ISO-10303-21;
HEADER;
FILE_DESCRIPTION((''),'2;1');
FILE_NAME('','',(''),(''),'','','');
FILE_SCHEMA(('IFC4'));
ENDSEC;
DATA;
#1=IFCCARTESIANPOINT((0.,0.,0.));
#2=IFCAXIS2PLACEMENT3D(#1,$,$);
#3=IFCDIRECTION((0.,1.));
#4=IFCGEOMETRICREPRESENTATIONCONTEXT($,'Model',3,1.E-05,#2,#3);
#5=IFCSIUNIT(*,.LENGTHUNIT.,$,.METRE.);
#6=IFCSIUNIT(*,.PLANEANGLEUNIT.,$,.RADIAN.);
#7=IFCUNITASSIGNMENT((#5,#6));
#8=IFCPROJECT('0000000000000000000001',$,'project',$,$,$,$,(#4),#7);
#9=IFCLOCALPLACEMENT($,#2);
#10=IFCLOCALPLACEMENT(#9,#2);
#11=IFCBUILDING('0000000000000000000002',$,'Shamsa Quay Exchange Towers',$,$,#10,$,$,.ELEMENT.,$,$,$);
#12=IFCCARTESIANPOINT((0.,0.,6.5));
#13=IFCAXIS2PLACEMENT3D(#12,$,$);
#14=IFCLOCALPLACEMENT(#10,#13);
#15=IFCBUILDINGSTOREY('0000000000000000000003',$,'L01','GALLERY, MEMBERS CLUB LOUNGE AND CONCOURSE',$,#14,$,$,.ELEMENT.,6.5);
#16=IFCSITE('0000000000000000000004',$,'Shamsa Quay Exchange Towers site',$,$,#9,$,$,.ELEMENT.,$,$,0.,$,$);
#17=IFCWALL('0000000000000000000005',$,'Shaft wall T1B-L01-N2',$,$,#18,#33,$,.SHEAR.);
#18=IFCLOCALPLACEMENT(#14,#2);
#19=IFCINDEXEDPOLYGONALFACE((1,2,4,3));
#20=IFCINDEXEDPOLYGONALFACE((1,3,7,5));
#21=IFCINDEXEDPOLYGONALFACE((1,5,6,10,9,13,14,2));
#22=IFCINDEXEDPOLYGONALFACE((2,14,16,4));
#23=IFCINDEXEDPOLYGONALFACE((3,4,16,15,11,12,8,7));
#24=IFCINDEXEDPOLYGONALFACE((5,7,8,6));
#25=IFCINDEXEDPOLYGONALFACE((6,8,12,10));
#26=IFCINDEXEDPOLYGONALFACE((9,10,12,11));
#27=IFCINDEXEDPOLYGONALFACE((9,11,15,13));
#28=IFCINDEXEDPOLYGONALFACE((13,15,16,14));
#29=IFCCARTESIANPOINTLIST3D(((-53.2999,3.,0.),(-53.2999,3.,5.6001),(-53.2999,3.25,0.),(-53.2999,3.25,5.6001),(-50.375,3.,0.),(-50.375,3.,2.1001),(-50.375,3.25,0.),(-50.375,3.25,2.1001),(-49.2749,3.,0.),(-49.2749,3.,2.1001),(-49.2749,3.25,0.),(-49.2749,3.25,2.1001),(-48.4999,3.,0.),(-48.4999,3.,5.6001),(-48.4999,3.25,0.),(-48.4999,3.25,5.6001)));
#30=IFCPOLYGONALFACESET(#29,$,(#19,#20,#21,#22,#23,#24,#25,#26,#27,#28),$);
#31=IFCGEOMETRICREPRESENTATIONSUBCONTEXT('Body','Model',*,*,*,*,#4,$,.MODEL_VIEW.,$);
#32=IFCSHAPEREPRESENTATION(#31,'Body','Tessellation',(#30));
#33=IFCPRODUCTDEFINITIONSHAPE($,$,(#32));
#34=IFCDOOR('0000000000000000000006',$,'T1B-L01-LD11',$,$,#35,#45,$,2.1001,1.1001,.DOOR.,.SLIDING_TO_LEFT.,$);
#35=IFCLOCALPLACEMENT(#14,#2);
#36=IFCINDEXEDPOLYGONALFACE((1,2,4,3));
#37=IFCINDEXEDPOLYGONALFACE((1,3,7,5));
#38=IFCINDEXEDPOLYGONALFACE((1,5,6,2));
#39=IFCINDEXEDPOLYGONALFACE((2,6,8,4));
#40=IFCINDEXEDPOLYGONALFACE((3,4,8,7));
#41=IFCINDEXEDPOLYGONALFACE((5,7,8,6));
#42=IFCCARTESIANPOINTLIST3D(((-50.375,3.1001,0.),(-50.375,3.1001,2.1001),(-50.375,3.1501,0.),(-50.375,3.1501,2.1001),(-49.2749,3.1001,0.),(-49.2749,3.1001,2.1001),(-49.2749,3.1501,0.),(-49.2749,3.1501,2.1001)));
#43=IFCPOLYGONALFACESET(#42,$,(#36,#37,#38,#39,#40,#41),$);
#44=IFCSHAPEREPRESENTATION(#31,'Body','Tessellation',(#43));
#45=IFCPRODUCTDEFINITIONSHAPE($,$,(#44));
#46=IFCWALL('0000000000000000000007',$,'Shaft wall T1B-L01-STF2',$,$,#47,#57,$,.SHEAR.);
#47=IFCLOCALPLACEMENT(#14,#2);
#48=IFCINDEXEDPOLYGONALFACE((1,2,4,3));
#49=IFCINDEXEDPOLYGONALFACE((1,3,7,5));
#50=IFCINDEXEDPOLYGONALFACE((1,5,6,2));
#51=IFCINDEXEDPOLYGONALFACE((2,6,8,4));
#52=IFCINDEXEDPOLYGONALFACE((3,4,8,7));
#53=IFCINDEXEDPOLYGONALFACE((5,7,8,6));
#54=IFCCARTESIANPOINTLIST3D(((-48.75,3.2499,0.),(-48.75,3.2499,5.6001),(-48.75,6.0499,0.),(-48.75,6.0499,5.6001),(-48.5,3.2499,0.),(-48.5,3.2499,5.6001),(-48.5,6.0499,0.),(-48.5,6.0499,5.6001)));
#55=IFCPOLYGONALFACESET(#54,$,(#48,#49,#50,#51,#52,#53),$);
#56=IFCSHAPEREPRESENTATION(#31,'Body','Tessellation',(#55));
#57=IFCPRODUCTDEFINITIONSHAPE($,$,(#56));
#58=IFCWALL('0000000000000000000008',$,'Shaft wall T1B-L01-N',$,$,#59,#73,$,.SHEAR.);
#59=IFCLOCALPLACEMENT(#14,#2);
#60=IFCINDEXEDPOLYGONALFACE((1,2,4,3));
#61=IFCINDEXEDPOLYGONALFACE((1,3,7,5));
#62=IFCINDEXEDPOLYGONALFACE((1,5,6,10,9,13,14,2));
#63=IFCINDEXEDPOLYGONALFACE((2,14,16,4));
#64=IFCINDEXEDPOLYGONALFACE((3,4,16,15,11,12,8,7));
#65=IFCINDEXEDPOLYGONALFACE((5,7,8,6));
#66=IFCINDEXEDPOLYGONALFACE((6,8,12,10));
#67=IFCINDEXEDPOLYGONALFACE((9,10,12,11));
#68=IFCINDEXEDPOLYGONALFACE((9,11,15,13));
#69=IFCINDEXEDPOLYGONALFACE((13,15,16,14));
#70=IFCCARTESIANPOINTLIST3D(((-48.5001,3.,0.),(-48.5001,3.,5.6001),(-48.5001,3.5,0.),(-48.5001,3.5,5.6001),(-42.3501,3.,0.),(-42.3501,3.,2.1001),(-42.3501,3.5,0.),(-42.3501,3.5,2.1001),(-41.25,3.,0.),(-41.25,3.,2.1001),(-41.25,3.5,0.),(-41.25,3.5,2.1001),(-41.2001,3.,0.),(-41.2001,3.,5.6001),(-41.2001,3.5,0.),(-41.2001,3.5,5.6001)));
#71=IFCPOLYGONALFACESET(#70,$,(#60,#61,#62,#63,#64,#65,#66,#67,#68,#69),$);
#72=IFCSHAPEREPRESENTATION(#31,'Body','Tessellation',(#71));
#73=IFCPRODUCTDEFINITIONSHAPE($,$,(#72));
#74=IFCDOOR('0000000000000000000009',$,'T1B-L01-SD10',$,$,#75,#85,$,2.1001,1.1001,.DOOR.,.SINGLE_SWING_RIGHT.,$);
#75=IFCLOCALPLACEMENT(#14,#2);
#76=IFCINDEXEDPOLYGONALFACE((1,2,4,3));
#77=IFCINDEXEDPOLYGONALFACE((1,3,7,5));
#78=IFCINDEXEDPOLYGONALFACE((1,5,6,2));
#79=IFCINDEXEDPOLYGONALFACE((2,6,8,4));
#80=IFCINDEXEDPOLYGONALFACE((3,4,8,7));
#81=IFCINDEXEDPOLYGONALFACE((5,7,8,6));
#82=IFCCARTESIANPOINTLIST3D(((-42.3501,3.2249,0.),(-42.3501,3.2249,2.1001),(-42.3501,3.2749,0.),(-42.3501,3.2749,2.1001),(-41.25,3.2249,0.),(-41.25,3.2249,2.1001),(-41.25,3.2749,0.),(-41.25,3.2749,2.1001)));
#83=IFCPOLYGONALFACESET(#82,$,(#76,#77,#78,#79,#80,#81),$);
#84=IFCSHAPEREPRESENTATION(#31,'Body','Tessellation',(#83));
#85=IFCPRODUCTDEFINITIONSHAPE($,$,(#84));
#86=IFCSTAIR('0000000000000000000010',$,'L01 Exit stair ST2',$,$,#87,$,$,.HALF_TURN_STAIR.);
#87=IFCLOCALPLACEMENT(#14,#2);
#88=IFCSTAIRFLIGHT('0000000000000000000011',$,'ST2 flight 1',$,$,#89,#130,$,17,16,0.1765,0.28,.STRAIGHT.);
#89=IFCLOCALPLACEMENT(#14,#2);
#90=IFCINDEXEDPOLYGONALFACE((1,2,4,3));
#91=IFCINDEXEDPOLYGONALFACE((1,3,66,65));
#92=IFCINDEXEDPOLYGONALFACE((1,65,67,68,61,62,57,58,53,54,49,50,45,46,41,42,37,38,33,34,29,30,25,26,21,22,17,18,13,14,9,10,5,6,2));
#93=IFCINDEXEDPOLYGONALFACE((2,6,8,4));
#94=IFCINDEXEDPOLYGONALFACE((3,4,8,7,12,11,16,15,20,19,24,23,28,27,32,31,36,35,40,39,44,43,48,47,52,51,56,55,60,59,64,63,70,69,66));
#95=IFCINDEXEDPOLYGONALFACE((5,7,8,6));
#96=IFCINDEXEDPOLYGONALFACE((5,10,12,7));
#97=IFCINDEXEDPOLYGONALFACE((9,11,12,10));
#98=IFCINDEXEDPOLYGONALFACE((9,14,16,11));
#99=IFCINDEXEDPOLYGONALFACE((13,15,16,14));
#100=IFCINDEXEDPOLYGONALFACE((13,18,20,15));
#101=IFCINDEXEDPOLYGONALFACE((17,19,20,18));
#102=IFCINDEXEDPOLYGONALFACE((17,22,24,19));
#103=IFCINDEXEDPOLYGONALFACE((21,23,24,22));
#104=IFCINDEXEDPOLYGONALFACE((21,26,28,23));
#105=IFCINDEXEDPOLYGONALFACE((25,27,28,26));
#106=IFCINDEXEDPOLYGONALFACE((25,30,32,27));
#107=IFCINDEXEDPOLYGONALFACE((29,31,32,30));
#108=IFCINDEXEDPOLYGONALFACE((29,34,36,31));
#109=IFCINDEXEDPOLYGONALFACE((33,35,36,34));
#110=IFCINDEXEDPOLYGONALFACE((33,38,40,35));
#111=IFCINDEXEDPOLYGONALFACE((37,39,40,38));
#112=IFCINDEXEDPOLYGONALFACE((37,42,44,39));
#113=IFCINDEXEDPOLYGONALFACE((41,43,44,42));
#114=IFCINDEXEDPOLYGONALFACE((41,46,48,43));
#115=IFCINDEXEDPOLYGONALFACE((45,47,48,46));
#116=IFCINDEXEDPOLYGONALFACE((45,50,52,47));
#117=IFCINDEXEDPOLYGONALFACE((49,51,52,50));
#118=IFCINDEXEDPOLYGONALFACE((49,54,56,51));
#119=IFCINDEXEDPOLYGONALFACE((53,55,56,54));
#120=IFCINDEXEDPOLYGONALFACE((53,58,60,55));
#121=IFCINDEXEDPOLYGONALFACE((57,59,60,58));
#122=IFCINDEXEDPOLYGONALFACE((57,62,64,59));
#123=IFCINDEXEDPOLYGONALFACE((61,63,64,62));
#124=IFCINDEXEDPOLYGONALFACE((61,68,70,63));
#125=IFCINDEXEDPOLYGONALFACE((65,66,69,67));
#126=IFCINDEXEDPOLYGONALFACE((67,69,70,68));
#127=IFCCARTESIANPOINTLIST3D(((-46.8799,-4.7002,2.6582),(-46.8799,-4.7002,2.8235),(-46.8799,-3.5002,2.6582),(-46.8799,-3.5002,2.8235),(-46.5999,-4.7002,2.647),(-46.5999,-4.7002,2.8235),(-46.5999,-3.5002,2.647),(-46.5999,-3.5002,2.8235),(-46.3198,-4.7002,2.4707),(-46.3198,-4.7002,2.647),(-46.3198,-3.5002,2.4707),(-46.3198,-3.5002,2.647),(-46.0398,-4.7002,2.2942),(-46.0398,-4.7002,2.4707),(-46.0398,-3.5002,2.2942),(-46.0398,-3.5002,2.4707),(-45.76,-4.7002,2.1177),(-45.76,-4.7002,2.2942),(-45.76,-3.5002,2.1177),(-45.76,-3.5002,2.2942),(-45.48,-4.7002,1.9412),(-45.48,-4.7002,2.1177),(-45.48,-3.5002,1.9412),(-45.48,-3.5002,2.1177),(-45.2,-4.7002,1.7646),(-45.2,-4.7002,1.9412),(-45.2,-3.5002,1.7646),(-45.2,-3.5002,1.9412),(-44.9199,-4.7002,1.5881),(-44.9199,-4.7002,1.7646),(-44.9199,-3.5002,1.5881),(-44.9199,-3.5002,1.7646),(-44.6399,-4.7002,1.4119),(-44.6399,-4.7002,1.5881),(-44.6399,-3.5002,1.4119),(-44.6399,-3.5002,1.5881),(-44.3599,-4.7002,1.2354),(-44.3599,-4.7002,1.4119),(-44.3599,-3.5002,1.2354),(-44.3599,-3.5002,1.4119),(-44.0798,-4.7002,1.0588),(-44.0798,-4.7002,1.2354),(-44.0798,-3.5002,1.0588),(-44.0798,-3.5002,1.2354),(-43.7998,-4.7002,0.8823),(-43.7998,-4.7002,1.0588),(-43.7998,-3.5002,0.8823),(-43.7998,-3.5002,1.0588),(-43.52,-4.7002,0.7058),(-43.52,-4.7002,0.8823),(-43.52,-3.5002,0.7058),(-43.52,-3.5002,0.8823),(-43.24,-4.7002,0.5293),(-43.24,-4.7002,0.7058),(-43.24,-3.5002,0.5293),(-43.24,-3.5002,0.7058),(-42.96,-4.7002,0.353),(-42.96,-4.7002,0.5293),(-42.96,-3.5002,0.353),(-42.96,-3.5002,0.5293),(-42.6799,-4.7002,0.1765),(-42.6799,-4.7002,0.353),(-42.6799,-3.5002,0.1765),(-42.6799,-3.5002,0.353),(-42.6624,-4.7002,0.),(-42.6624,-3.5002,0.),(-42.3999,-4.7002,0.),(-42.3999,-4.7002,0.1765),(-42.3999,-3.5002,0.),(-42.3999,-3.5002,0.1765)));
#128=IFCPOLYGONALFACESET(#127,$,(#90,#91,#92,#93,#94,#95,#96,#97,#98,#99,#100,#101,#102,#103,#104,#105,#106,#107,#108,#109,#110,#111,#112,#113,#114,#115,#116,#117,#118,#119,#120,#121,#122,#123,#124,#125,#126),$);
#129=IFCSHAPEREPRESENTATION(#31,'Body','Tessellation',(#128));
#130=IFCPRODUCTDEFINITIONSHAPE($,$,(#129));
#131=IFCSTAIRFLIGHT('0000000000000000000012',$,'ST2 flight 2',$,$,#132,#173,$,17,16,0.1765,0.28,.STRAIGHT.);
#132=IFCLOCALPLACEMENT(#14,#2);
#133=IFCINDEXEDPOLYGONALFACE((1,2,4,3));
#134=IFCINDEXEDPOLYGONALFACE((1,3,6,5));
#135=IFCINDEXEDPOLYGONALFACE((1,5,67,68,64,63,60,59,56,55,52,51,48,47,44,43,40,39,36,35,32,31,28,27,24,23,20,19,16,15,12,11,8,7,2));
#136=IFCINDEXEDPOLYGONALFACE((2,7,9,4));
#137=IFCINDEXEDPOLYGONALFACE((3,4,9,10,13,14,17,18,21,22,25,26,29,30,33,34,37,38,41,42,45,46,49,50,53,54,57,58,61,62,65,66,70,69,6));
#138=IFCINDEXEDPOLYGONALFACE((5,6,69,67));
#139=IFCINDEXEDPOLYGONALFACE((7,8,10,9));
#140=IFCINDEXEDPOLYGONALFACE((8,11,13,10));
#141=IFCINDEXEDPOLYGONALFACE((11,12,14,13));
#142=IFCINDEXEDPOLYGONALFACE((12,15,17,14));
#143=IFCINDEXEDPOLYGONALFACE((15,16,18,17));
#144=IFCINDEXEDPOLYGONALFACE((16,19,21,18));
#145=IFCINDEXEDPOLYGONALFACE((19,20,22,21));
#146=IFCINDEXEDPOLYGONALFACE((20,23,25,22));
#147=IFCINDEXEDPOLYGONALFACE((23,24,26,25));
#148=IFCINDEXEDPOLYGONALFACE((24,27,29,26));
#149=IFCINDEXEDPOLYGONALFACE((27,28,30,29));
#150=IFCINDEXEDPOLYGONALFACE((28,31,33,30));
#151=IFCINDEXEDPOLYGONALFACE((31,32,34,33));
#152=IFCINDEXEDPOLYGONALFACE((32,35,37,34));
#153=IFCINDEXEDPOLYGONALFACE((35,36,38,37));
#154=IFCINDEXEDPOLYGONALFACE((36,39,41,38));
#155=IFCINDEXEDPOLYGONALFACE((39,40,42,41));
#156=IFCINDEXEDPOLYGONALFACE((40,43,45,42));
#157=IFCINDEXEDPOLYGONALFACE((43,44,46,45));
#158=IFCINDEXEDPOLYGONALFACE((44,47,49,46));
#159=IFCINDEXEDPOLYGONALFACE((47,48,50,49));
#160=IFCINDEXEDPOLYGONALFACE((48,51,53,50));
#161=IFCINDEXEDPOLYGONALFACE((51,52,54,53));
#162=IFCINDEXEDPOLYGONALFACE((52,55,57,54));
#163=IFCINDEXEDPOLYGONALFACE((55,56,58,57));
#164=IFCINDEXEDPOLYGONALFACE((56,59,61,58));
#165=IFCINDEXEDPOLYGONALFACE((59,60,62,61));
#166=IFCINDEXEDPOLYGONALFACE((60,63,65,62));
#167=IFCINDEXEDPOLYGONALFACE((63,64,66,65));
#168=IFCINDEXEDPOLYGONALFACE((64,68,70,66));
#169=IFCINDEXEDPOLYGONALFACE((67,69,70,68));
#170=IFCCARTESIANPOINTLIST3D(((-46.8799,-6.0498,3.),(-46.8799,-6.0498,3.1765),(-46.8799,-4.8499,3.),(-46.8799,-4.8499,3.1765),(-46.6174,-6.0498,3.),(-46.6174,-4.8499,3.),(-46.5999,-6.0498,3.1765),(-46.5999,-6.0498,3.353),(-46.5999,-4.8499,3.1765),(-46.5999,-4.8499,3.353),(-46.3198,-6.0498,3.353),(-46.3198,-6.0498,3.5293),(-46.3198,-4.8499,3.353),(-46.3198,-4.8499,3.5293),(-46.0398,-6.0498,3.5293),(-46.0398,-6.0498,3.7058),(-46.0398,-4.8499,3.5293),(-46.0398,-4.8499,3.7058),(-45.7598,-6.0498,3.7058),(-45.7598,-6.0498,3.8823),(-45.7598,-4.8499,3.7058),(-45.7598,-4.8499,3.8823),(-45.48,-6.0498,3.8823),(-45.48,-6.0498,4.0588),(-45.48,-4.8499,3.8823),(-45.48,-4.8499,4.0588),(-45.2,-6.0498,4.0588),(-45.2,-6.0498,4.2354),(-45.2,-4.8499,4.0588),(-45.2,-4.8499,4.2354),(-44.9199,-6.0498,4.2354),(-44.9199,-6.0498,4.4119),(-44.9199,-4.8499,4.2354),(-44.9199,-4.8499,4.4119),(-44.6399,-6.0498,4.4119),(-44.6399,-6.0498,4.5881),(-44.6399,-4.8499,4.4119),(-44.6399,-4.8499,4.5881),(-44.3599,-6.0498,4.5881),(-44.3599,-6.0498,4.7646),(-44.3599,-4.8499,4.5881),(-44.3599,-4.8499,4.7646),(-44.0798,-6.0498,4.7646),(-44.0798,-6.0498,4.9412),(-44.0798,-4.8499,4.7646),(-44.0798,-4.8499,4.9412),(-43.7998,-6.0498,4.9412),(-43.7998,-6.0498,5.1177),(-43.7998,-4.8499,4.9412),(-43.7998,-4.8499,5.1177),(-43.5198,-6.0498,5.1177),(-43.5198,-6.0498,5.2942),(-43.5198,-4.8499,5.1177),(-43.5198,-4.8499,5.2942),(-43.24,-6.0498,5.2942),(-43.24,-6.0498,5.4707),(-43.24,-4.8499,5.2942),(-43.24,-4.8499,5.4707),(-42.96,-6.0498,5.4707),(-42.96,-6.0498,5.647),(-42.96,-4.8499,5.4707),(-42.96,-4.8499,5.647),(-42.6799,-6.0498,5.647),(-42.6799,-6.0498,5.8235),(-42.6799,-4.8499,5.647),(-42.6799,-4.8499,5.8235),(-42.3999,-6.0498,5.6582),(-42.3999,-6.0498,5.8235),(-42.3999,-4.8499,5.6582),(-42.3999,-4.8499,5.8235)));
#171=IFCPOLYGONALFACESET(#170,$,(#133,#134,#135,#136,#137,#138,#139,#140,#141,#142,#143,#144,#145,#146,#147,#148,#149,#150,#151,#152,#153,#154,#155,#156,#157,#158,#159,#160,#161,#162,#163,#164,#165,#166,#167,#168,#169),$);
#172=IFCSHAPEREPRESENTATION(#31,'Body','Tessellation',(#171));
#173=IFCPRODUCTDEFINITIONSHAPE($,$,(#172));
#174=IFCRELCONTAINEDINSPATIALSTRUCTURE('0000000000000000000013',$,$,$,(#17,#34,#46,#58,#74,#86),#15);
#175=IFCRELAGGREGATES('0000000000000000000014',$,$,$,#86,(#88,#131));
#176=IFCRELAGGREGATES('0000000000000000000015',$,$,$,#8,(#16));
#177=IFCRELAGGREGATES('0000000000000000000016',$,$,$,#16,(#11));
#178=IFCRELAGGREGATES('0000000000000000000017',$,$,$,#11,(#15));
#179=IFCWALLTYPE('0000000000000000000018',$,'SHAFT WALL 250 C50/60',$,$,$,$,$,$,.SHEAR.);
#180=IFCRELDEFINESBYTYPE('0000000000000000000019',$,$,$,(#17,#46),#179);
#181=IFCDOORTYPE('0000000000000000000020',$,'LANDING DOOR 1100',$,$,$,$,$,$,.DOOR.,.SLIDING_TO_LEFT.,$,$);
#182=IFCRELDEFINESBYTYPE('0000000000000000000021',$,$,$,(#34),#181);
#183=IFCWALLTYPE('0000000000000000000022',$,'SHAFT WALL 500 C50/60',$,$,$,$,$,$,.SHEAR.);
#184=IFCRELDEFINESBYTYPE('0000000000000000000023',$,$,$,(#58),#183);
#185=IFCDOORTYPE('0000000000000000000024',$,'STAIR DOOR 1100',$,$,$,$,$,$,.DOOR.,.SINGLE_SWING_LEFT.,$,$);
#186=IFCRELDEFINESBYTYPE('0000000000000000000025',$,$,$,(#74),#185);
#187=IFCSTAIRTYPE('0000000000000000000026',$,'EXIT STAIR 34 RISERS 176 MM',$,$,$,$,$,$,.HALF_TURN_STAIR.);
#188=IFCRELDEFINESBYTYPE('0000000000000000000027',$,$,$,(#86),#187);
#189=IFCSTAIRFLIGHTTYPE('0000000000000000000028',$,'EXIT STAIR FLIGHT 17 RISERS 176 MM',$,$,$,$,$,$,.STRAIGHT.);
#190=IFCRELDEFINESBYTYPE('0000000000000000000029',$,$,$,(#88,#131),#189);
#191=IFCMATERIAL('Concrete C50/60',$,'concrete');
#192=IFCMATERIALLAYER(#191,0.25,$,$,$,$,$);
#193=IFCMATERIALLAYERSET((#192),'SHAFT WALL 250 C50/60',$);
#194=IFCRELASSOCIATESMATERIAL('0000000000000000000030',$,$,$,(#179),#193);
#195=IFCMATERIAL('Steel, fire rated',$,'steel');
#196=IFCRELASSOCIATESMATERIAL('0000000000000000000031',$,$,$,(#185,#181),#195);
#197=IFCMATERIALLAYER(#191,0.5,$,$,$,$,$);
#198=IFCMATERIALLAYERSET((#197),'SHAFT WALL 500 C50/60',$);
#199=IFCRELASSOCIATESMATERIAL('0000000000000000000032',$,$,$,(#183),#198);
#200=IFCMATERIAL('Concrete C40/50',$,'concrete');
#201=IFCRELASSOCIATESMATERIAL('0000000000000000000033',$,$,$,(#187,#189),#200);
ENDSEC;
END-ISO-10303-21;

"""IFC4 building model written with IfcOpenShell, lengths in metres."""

from ifc_helpers import new_model, si_unit, direction, frame, frame_2d, origin, place, context, subcontext, project, spatial, polyline, rectangle, outline, extrude, material, layer, layer_set, type_object, element, fill, aggregate, save


model = new_model("IFC4")

# Units and contexts
model_context = context("Model", 3, precision=1e-05, world=origin(), true_north=direction((0.0, 1.0)))
body_context = subcontext(model_context, "Body", "Model", "MODEL_VIEW")
ifc_project = project(units=[si_unit("LENGTHUNIT", "METRE"), si_unit("PLANEANGLEUNIT", "RADIAN")], contexts=[model_context])

# Site, building, storey
site_placement = place(None, origin())
site = spatial("IfcSite", under=ifc_project, at=site_placement, Name="Shamsa Quay Exchange Towers site", CompositionType="ELEMENT", RefElevation=0.0)
building_placement = place(site_placement, origin())
building = spatial("IfcBuilding", under=site, at=building_placement, Name="Shamsa Quay Exchange Towers", CompositionType="ELEMENT")
storey_placement = place(building_placement, frame((0.0, 0.0, 6.5)))
storey = spatial("IfcBuildingStorey", under=building, at=storey_placement, Name="L01", Description="GALLERY, MEMBERS CLUB LOUNGE AND CONCOURSE", CompositionType="ELEMENT", Elevation=6.5)

# Shared definitions
ifc_material_1 = material(Name="Concrete C50/60", Category="concrete")
ifc_layer_1 = layer(ifc_material_1, 0.25)
ifc_layer_set_1 = layer_set([ifc_layer_1], Name="SHAFT WALL 250 C50/60")
wall_type_1 = type_object("IfcWallType", Name="SHAFT WALL 250 C50/60", PredefinedType="SHEAR", material=ifc_layer_set_1)
ifc_material_2 = material(Name="Steel, fire rated", Category="steel")
door_type_1 = type_object("IfcDoorType", Name="STAIR DOOR 1100", OperationType="SINGLE_SWING_LEFT", PredefinedType="DOOR", material=ifc_material_2)

# Wall, opening, door
wall_1_placement = place(storey_placement, frame((-48.5, 3.125, 0.0), z_axis=(0.0, 0.0, 1.0), x_axis=(-1.0, 0.0, 0.0)))
wall_1 = element("IfcWall", 1, at=wall_1_placement, inside=storey, type_object=wall_type_1, Name="Shaft wall T1B-L01-N2", PredefinedType="SHEAR", context=body_context, shape_type="SweptSolid", body=[
    extrude(rectangle(XDim=4.8, YDim=0.25, at=frame_2d((2.3999, 0.0))), origin(), (0.0, 0.0, 1.0), 5.6001),
])
opening_1_placement = place(wall_1_placement, frame((0.7749, 0.0, 0.0)))
opening_1 = element("IfcOpeningElement", 2, at=opening_1_placement, cuts=wall_1, PredefinedType="OPENING", context=body_context, shape_type="SweptSolid", body=[
    extrude(rectangle(XDim=1.1001, YDim=2.1001, at=frame_2d((0.55, 1.05))), frame((0.0, 0.135, 0.0), z_axis=(0.0, -1.0, 0.0), x_axis=(1.0, 0.0, 0.0)), (0.0, 0.0, 1.0), 0.27),
])
door_type_2 = type_object("IfcDoorType", Name="LANDING DOOR 1100", OperationType="SLIDING_TO_LEFT", PredefinedType="DOOR", material=ifc_material_2)
door_1_placement = place(opening_1_placement, origin())
door_1 = element("IfcDoor", 3, at=door_1_placement, inside=storey, type_object=door_type_2, Name="T1B-L01-LD11", OperationType="SLIDING_TO_LEFT", OverallHeight=2.1001, OverallWidth=1.1001, PredefinedType="DOOR", context=body_context, shape_type="SweptSolid", body=[
    extrude(rectangle(XDim=1.1001, YDim=2.1001, at=frame_2d((0.55, 1.05))), frame((0.0, 0.0249, 0.0), z_axis=(0.0, -1.0, 0.0), x_axis=(1.0, 0.0, 0.0)), (0.0, 0.0, 1.0), 0.05),
])
fill(opening_1, door_1)

# Wall
wall_2_placement = place(storey_placement, frame((-48.625, 3.25, 0.0), z_axis=(0.0, 0.0, 1.0), x_axis=(0.0, 1.0, 0.0)))
element("IfcWall", 4, at=wall_2_placement, inside=storey, type_object=wall_type_1, Name="Shaft wall T1B-L01-STF2", PredefinedType="SHEAR", context=body_context, shape_type="SweptSolid", body=[
    extrude(rectangle(XDim=2.8, YDim=0.25, at=frame_2d((1.3999, 0.0))), origin(), (0.0, 0.0, 1.0), 5.6001),
])

# Wall, opening, door
ifc_layer_2 = layer(ifc_material_1, 0.5)
ifc_layer_set_2 = layer_set([ifc_layer_2], Name="SHAFT WALL 500 C50/60")
wall_type_2 = type_object("IfcWallType", Name="SHAFT WALL 500 C50/60", PredefinedType="SHEAR", material=ifc_layer_set_2)
wall_3_placement = place(storey_placement, frame((-48.5, 3.25, 0.0)))
wall_3 = element("IfcWall", 5, at=wall_3_placement, inside=storey, type_object=wall_type_2, Name="Shaft wall T1B-L01-N", PredefinedType="SHEAR", context=body_context, shape_type="SweptSolid", body=[
    extrude(rectangle(XDim=7.3, YDim=0.5, at=frame_2d((3.6499, 0.0))), origin(), (0.0, 0.0, 1.0), 5.6001),
])
opening_2_placement = place(wall_3_placement, frame((6.1499, 0.0, 0.0)))
opening_2 = element("IfcOpeningElement", 6, at=opening_2_placement, cuts=wall_3, PredefinedType="OPENING", context=body_context, shape_type="SweptSolid", body=[
    extrude(rectangle(XDim=1.1001, YDim=2.1001, at=frame_2d((0.55, 1.05))), frame((0.0, 0.26, 0.0), z_axis=(0.0, -1.0, 0.0), x_axis=(1.0, 0.0, 0.0)), (0.0, 0.0, 1.0), 0.52),
])
door_2_placement = place(opening_2_placement, origin())
door_2 = element("IfcDoor", 7, at=door_2_placement, inside=storey, type_object=door_type_1, Name="T1B-L01-SD10", OperationType="SINGLE_SWING_RIGHT", OverallHeight=2.1001, OverallWidth=1.1001, PredefinedType="DOOR", context=body_context, shape_type="SweptSolid", body=[
    extrude(rectangle(XDim=1.1001, YDim=2.1001, at=frame_2d((0.55, 1.05))), frame((0.0, 0.0249, 0.0), z_axis=(0.0, -1.0, 0.0), x_axis=(1.0, 0.0, 0.0)), (0.0, 0.0, 1.0), 0.05),
])
fill(opening_2, door_2)

# Stair, stair flights
ifc_material_3 = material(Name="Concrete C40/50", Category="concrete")
stair_type = type_object("IfcStairType", Name="EXIT STAIR 34 RISERS 176 MM", PredefinedType="HALF_TURN_STAIR", material=ifc_material_3)
stair_1_placement = place(storey_placement, origin())
stair_1 = element("IfcStair", 8, at=stair_1_placement, inside=storey, type_object=stair_type, Name="L01 Exit stair ST2", PredefinedType="HALF_TURN_STAIR")
stair_flight_type = type_object("IfcStairFlightType", Name="EXIT STAIR FLIGHT 17 RISERS 176 MM", PredefinedType="STRAIGHT", material=ifc_material_3)
stair_flight_1_placement = place(storey_placement, frame((-42.3999, -4.1001, 0.0), z_axis=(0.0, 0.0, 1.0), x_axis=(-1.0, 0.0, 0.0)))
stair_flight_1 = element("IfcStairFlight", 9, at=stair_flight_1_placement, type_object=stair_flight_type, Name="ST2 flight 1", NumberOfRisers=17, NumberOfTreads=16, PredefinedType="STRAIGHT", RiserHeight=0.1765, TreadLength=0.28, context=body_context, shape_type="SweptSolid", body=[
    extrude(outline(polyline([(0.0, 0.0), (0.0, 0.1765), (0.28, 0.1765), (0.28, 0.353), (0.5601, 0.353), (0.5601, 0.5293), (0.8401, 0.5293), (0.8401, 0.7058), (1.1201, 0.7058), (1.1201, 0.8823), (1.3999, 0.8823), (1.3999, 1.0588), (1.6799, 1.0588), (1.6799, 1.2354), (1.96, 1.2354), (1.96, 1.4119), (2.24, 1.4119), (2.24, 1.5881), (2.52, 1.5881), (2.52, 1.7646), (2.8, 1.7646), (2.8, 1.9412), (3.0801, 1.9412), (3.0801, 2.1177), (3.3601, 2.1177), (3.3601, 2.2942), (3.6399, 2.2942), (3.6399, 2.4707), (3.9199, 2.4707), (3.9199, 2.647), (4.2, 2.647), (4.2, 2.8235), (4.48, 2.8235), (4.48, 3.0), (4.48, 2.6582), (0.2625, 0.0), (0.0, 0.0)])), frame((0.0, 0.6001, 0.0), z_axis=(0.0, -1.0, 0.0), x_axis=(1.0, 0.0, 0.0)), (0.0, 0.0, 1.0), 1.2),
])
stair_flight_2_placement = place(storey_placement, frame((-46.8799, -5.45, 3.0)))
stair_flight_2 = element("IfcStairFlight", 10, at=stair_flight_2_placement, type_object=stair_flight_type, Name="ST2 flight 2", NumberOfRisers=17, NumberOfTreads=16, PredefinedType="STRAIGHT", RiserHeight=0.1765, TreadLength=0.28, context=body_context, shape_type="SweptSolid", body=[
    extrude(outline(polyline([(0.0, 0.0), (0.0, 0.1765), (0.28, 0.1765), (0.28, 0.353), (0.5601, 0.353), (0.5601, 0.5293), (0.8401, 0.5293), (0.8401, 0.7058), (1.1201, 0.7058), (1.1201, 0.8823), (1.3999, 0.8823), (1.3999, 1.0588), (1.6799, 1.0588), (1.6799, 1.2354), (1.96, 1.2354), (1.96, 1.4119), (2.24, 1.4119), (2.24, 1.5881), (2.52, 1.5881), (2.52, 1.7646), (2.8, 1.7646), (2.8, 1.9412), (3.0801, 1.9412), (3.0801, 2.1177), (3.3601, 2.1177), (3.3601, 2.2942), (3.6399, 2.2942), (3.6399, 2.4707), (3.9199, 2.4707), (3.9199, 2.647), (4.2, 2.647), (4.2, 2.8235), (4.48, 2.8235), (4.48, 3.0), (4.48, 2.6582), (0.2625, 0.0), (0.0, 0.0)])), frame((0.0, 0.6001, 0.0), z_axis=(0.0, -1.0, 0.0), x_axis=(1.0, 0.0, 0.0)), (0.0, 0.0, 1.0), 1.2),
])
aggregate(stair_1, [stair_flight_1, stair_flight_2])

save(model, "model.ifc")
